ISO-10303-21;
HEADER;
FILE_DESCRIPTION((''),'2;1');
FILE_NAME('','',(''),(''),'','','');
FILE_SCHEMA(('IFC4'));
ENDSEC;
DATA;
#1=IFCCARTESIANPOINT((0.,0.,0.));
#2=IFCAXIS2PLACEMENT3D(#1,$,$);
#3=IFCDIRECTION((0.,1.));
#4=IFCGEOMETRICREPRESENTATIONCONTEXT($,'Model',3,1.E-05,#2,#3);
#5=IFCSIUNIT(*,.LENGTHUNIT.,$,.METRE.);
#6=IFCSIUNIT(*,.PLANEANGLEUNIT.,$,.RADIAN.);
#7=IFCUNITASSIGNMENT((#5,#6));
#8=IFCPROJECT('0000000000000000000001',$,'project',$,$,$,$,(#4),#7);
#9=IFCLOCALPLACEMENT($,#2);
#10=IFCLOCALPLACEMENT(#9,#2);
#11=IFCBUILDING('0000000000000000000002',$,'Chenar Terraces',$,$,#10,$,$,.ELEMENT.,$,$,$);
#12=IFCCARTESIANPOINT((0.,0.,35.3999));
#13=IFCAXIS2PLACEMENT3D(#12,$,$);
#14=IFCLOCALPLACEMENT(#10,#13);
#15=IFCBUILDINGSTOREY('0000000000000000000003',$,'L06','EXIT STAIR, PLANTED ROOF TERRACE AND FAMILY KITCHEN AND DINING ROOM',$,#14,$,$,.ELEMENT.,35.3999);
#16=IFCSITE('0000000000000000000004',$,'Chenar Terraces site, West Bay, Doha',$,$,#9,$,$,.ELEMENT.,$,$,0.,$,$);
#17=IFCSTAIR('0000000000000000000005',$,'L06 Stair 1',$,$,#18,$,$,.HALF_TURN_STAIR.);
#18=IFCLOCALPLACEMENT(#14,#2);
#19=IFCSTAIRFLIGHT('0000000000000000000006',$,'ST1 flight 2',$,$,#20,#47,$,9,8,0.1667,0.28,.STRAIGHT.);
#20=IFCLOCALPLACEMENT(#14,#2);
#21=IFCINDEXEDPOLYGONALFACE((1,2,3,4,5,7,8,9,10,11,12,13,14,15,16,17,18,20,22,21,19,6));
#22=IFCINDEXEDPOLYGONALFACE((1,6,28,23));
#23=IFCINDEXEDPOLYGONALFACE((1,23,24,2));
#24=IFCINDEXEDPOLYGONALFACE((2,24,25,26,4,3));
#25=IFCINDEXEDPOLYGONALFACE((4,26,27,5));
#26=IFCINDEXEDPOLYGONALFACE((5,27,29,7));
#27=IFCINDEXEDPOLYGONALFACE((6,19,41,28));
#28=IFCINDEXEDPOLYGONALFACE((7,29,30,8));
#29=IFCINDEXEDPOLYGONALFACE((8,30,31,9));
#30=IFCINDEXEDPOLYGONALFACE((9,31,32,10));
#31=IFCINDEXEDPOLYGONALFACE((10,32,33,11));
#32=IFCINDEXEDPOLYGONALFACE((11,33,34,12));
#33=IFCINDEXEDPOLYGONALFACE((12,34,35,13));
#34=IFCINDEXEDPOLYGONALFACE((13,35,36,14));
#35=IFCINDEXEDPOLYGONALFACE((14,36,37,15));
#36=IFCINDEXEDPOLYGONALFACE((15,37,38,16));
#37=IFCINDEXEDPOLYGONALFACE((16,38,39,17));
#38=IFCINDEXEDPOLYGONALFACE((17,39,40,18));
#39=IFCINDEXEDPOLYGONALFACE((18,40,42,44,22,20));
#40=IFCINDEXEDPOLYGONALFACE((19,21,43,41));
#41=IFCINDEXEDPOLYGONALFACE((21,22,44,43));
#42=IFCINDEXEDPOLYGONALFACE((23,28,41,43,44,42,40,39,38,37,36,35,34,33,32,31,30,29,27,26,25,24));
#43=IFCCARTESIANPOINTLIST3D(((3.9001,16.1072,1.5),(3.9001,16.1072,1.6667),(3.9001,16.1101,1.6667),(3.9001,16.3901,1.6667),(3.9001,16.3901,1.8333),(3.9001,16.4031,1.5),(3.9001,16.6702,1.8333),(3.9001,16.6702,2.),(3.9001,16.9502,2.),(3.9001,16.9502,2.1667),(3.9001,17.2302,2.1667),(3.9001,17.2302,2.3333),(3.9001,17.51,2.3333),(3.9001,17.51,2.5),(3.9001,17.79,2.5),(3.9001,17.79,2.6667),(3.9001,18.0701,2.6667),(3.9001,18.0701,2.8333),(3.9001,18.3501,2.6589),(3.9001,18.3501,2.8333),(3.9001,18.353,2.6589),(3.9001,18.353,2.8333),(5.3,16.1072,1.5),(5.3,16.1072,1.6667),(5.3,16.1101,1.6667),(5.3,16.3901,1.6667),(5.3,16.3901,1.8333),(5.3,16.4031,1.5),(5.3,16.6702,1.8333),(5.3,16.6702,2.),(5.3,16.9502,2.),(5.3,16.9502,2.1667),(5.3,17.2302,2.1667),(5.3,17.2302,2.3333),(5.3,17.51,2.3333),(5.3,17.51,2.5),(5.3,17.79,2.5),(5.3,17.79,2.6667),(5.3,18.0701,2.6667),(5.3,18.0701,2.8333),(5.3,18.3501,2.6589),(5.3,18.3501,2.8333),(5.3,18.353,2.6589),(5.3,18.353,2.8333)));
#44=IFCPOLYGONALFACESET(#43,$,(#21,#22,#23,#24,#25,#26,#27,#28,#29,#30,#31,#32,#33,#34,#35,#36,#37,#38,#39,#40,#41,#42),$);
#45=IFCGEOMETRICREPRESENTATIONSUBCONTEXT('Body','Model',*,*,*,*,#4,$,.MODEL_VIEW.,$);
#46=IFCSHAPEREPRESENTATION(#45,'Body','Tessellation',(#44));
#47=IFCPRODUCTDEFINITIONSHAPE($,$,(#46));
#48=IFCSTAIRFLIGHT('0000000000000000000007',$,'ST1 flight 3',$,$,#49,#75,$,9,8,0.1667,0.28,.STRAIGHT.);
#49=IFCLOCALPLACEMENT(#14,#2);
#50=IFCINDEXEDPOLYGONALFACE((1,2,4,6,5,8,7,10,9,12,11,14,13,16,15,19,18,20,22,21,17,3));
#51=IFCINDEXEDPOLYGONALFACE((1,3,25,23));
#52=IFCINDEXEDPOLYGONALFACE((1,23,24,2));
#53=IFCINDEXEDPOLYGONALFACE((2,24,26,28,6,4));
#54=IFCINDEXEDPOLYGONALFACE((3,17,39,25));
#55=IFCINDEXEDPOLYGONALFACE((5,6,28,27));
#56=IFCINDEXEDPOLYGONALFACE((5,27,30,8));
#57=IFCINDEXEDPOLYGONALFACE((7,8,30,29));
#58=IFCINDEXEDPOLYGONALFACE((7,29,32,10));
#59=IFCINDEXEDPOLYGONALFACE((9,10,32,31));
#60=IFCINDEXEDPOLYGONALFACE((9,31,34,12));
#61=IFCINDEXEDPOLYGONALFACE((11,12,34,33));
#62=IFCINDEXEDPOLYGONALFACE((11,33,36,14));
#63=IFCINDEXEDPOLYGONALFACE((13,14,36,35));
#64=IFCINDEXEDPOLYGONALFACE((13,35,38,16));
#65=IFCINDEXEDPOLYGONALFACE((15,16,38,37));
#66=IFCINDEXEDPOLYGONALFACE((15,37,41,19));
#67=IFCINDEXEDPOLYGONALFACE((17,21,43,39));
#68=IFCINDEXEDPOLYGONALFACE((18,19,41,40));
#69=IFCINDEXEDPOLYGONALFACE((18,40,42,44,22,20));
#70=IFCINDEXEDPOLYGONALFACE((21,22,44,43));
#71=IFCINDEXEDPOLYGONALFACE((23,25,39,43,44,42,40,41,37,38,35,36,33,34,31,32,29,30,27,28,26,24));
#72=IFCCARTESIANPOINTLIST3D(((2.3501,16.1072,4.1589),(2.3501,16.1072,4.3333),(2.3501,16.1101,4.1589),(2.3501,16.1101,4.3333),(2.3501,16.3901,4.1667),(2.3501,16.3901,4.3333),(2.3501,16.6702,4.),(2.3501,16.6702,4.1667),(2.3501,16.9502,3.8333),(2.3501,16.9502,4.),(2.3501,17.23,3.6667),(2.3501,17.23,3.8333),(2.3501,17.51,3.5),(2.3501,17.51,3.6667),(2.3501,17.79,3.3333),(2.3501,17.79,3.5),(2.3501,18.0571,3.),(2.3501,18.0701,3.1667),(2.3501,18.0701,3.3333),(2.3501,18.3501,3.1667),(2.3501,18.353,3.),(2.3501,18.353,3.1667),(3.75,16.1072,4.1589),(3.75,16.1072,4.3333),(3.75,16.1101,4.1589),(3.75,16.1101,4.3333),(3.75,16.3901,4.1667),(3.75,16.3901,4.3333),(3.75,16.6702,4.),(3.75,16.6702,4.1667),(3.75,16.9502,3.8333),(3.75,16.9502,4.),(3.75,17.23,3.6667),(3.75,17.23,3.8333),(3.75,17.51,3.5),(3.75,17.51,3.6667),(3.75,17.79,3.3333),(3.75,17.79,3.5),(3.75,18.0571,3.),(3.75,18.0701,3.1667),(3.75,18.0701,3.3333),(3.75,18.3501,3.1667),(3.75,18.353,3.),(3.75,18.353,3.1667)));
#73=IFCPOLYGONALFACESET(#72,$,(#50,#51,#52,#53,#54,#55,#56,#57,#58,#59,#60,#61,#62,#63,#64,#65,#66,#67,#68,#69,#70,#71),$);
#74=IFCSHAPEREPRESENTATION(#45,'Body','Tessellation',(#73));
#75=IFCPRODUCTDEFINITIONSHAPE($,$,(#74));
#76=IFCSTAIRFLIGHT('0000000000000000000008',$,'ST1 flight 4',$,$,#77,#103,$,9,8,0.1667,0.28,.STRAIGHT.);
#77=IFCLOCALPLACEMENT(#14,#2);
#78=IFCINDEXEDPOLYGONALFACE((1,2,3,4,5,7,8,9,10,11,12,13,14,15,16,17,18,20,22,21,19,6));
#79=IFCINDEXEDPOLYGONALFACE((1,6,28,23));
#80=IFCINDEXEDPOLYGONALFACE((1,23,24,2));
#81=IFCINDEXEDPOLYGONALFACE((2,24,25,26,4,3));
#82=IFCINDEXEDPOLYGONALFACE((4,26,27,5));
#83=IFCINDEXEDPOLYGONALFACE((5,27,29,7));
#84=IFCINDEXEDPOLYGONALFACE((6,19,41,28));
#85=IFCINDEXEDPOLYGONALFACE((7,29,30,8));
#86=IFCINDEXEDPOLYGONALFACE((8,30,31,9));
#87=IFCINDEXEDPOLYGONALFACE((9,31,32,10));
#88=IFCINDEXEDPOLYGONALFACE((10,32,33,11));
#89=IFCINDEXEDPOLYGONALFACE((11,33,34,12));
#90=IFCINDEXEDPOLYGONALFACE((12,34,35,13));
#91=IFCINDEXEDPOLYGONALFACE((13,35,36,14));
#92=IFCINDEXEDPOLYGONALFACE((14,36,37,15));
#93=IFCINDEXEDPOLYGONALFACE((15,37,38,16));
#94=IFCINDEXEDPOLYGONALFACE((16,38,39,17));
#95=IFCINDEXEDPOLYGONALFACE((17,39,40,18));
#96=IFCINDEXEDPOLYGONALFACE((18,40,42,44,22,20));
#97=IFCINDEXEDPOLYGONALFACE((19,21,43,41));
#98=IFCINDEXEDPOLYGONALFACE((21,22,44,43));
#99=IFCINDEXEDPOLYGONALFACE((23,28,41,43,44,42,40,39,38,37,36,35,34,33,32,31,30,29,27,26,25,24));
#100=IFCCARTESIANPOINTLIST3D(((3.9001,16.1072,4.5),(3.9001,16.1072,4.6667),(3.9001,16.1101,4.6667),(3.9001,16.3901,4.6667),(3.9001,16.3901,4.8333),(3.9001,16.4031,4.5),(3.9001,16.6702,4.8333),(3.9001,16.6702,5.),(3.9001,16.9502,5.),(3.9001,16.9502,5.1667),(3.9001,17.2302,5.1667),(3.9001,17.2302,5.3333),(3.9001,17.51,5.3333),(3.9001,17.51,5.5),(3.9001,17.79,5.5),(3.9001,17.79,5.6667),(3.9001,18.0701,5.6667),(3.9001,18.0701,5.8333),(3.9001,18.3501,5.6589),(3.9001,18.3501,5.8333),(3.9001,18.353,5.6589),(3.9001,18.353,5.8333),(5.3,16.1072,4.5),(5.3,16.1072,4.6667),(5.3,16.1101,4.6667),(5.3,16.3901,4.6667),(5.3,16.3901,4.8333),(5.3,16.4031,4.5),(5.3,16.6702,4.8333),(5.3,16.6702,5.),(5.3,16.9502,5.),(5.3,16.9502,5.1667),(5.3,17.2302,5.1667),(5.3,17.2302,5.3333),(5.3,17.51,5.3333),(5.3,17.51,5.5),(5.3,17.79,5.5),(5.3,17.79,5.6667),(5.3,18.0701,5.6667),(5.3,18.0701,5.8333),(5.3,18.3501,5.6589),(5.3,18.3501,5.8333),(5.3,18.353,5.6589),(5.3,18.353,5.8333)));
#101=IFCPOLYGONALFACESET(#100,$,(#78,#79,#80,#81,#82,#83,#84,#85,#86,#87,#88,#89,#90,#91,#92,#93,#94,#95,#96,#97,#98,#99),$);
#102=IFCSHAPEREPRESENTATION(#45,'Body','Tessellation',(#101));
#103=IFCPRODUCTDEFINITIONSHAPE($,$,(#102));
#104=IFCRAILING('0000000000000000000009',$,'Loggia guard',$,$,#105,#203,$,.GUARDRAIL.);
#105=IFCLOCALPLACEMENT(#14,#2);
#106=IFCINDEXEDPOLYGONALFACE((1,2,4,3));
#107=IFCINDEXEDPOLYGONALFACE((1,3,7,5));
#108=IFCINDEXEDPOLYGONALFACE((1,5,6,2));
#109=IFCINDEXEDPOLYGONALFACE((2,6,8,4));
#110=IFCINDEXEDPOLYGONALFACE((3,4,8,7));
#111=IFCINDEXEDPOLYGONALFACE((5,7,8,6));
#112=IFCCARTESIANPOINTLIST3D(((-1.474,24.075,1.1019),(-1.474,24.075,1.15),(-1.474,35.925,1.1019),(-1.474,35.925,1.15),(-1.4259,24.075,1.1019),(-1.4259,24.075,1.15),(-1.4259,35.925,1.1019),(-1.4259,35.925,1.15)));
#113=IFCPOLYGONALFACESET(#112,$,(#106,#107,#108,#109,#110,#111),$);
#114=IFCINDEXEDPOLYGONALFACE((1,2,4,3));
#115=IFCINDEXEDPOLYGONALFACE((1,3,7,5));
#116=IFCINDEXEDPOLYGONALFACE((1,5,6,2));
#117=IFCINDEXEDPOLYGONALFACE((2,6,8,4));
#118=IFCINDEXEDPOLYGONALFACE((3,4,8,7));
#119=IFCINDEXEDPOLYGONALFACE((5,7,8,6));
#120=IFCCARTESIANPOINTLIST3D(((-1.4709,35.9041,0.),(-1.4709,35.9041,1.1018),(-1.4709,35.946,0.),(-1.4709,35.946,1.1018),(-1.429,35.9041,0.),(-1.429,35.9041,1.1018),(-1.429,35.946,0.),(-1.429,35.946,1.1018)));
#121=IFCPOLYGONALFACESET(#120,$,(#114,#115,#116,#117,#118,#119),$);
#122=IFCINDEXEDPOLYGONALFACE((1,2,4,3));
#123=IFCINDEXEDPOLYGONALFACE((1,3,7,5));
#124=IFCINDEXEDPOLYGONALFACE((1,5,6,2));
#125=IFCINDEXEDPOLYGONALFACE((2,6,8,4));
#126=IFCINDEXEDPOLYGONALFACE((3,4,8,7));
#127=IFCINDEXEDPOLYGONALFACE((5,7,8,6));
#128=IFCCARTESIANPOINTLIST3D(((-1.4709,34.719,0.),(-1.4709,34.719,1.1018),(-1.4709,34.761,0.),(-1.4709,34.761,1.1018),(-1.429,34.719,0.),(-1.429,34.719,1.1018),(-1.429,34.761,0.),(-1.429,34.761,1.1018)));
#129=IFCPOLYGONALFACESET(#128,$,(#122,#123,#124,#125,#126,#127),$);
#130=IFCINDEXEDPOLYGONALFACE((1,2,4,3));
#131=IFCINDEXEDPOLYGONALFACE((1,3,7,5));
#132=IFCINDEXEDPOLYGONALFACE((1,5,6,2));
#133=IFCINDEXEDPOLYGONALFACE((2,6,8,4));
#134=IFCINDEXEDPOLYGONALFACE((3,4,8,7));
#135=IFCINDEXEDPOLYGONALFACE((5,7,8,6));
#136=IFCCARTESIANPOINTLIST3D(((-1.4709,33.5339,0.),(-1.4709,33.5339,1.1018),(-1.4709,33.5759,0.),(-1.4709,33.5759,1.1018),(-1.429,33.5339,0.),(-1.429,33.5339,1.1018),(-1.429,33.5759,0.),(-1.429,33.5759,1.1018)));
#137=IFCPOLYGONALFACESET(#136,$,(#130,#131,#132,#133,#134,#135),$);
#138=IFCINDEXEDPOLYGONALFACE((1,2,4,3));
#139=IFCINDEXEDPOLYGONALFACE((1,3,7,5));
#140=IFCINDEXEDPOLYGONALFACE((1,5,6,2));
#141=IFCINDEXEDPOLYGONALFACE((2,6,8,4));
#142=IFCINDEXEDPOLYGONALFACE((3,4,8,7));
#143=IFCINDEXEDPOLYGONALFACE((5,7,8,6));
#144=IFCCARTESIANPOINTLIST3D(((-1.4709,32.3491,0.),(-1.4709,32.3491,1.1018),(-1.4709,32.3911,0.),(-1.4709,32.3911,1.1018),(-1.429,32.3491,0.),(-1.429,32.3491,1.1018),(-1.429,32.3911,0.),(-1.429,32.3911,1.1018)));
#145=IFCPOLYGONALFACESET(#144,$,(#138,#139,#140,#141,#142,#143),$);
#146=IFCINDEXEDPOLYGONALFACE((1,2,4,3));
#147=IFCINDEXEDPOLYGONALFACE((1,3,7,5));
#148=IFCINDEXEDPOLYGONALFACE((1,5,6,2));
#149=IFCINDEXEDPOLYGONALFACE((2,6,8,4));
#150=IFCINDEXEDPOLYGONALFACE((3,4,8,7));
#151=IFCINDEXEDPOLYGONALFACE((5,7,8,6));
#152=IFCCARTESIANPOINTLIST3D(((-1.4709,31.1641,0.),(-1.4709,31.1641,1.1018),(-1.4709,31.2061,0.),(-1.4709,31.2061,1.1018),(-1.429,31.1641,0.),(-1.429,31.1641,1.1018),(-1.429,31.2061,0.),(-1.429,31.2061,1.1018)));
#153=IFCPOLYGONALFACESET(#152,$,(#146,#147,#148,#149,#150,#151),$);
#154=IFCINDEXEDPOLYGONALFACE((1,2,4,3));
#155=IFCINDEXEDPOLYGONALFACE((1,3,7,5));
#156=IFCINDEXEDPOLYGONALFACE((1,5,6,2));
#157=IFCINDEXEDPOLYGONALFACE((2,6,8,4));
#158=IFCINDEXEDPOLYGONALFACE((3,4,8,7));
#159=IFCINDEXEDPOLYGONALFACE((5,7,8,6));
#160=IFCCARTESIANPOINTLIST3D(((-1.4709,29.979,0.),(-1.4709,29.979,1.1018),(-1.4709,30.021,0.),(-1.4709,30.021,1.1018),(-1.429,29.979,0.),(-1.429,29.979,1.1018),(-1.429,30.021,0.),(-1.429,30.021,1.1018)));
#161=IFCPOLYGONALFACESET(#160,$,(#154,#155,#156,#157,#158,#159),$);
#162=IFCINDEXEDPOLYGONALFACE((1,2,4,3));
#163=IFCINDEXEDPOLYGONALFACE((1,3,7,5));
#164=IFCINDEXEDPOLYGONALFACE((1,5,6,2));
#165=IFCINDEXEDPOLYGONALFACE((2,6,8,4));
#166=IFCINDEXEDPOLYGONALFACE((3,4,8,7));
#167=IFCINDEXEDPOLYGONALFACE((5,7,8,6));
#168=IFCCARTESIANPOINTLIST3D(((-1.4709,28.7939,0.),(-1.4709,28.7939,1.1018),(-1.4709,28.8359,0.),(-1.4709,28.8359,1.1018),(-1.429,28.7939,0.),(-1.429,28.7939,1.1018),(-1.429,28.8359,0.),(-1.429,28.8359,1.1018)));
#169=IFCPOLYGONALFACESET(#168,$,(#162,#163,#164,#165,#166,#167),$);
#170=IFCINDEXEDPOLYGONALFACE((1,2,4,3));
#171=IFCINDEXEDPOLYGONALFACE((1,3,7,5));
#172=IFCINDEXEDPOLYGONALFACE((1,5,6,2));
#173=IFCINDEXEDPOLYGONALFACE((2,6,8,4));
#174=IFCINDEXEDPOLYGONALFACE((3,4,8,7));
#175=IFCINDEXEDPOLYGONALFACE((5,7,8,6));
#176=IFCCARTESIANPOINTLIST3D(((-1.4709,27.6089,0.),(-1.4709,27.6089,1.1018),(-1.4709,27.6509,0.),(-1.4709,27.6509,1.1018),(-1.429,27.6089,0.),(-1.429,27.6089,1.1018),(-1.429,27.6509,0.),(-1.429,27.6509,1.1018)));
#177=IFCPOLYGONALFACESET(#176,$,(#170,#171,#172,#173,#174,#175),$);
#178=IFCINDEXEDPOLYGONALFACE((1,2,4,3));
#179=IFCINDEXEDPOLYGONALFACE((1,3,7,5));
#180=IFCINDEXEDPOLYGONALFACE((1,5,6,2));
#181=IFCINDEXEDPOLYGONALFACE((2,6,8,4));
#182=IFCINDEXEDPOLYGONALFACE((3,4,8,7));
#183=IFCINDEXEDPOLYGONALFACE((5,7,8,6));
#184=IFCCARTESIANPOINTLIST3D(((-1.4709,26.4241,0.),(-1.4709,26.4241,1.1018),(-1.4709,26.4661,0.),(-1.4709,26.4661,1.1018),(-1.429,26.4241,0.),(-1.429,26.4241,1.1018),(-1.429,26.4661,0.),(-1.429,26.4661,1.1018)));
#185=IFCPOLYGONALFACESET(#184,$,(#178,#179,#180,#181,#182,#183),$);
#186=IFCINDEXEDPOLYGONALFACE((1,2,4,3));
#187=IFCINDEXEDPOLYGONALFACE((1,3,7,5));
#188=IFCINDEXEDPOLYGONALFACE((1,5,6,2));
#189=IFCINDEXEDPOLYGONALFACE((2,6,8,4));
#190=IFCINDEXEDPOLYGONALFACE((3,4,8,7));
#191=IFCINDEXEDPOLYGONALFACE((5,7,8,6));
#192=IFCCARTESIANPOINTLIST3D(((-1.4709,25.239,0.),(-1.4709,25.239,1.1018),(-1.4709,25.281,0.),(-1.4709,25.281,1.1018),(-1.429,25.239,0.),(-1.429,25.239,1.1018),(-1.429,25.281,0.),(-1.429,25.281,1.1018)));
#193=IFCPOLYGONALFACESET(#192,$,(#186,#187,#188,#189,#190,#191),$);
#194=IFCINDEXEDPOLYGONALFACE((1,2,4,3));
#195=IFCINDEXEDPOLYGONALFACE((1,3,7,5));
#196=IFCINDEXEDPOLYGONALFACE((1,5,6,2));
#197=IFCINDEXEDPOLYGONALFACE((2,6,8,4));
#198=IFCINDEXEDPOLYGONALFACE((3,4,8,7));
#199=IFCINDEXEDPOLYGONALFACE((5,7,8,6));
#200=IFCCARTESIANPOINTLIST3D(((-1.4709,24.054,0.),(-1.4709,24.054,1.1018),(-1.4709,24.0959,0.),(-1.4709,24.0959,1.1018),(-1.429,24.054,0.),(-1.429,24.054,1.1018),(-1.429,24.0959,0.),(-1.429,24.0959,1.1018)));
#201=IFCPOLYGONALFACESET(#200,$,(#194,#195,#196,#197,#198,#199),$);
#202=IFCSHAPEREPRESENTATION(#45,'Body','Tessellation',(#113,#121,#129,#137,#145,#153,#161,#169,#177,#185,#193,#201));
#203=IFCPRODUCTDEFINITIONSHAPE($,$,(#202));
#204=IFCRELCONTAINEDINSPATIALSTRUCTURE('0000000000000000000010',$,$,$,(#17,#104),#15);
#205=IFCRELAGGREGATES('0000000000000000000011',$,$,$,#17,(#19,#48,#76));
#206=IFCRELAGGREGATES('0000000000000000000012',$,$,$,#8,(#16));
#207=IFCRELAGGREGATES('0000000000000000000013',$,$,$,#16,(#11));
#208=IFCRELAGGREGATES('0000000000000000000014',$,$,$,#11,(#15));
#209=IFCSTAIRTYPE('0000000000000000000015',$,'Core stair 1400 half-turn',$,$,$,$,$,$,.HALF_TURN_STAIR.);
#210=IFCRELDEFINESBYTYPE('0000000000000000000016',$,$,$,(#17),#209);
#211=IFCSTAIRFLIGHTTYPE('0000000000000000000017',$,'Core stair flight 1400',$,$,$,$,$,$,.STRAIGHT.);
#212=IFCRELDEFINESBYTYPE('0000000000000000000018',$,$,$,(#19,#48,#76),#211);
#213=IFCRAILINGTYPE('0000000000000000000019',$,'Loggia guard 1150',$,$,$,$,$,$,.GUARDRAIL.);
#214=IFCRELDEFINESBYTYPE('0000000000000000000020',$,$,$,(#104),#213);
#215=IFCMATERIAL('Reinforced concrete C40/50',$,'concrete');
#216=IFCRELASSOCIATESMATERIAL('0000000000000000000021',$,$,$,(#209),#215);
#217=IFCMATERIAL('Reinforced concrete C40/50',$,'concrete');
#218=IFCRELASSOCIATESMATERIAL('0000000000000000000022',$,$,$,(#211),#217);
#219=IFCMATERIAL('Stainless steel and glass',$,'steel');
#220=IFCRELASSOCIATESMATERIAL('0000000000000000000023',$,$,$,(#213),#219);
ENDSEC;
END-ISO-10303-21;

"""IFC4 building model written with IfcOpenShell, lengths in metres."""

from ifc_helpers import new_model, si_unit, direction, frame, origin, origin_2d, place, context, subcontext, project, spatial, polyline, rectangle, outline, extrude, material, type_object, element, aggregate, save


model = new_model("IFC4")

# Units and contexts
model_context = context("Model", 3, precision=1e-05, world=origin(), true_north=direction((0.0, 1.0)))
body_context = subcontext(model_context, "Body", "Model", "MODEL_VIEW")
ifc_project = project(units=[si_unit("LENGTHUNIT", "METRE"), si_unit("PLANEANGLEUNIT", "RADIAN")], contexts=[model_context])

# Site, building, storey
site_placement = place(None, origin())
site = spatial("IfcSite", under=ifc_project, at=site_placement, Name="Chenar Terraces site, West Bay, Doha", CompositionType="ELEMENT", RefElevation=0.0)
building_placement = place(site_placement, origin())
building = spatial("IfcBuilding", under=site, at=building_placement, Name="Chenar Terraces", CompositionType="ELEMENT")
storey_placement = place(building_placement, frame((0.0, 0.0, 35.3999)))
storey = spatial("IfcBuildingStorey", under=building, at=storey_placement, Name="L06", Description="EXIT STAIR, PLANTED ROOF TERRACE AND FAMILY KITCHEN AND DINING ROOM", CompositionType="ELEMENT", Elevation=35.3999)

# Stair, stair flights
ifc_material_1 = material(Name="Reinforced concrete C40/50", Category="concrete")
stair_type = type_object("IfcStairType", Name="Core stair 1400 half-turn", PredefinedType="HALF_TURN_STAIR", material=ifc_material_1)
stair_placement = place(storey_placement, origin())
stair = element("IfcStair", 1, at=stair_placement, inside=storey, type_object=stair_type, Name="L06 Stair 1", PredefinedType="HALF_TURN_STAIR")
ifc_material_2 = material(Name="Reinforced concrete C40/50", Category="concrete")
stair_flight_type = type_object("IfcStairFlightType", Name="Core stair flight 1400", PredefinedType="STRAIGHT", material=ifc_material_2)
stair_flight_1_placement = place(storey_placement, frame((4.6001, 16.1101, 1.5), z_axis=(0.0, 0.0, 1.0), x_axis=(0.0, 1.0, 0.0)))
stair_flight_1 = element("IfcStairFlight", 2, at=stair_flight_1_placement, type_object=stair_flight_type, Name="ST1 flight 2", NumberOfRisers=9, NumberOfTreads=8, PredefinedType="STRAIGHT", RiserHeight=0.1667, TreadLength=0.28, context=body_context, shape_type="SweptSolid", body=[
    extrude(outline(polyline([(-0.0029, 0.0), (-0.0029, 0.1667), (0.0, 0.1667), (0.28, 0.1667), (0.28, 0.3333), (0.5601, 0.3333), (0.5601, 0.5), (0.8401, 0.5), (0.8401, 0.6667), (1.1201, 0.6667), (1.1201, 0.8333), (1.3999, 0.8333), (1.3999, 1.0), (1.6799, 1.0), (1.6799, 1.1667), (1.96, 1.1667), (1.96, 1.3333), (2.24, 1.3333), (2.2429, 1.3333), (2.2429, 1.1589), (2.24, 1.1589), (0.293, 0.0), (-0.0029, 0.0)])), frame((0.0, 0.7, 0.0), z_axis=(0.0, -1.0, 0.0), x_axis=(1.0, 0.0, 0.0)), (0.0, 0.0, 1.0), 1.3999),
])
stair_flight_2_placement = place(storey_placement, frame((3.05, 18.3501, 3.0), z_axis=(0.0, 0.0, 1.0), x_axis=(0.0, -1.0, 0.0)))
stair_flight_2 = element("IfcStairFlight", 3, at=stair_flight_2_placement, type_object=stair_flight_type, Name="ST1 flight 3", NumberOfRisers=9, NumberOfTreads=8, PredefinedType="STRAIGHT", RiserHeight=0.1667, TreadLength=0.28, context=body_context, shape_type="SweptSolid", body=[
    extrude(outline(polyline([(-0.0029, 0.0), (-0.0029, 0.1667), (0.0, 0.1667), (0.28, 0.1667), (0.28, 0.3333), (0.5601, 0.3333), (0.5601, 0.5), (0.8401, 0.5), (0.8401, 0.6667), (1.1201, 0.6667), (1.1201, 0.8333), (1.3999, 0.8333), (1.3999, 1.0), (1.6799, 1.0), (1.6799, 1.1667), (1.96, 1.1667), (1.96, 1.3333), (2.24, 1.3333), (2.2429, 1.3333), (2.2429, 1.1589), (2.24, 1.1589), (0.293, 0.0), (-0.0029, 0.0)])), frame((0.0, 0.7, 0.0), z_axis=(0.0, -1.0, 0.0), x_axis=(1.0, 0.0, 0.0)), (0.0, 0.0, 1.0), 1.3999),
])
stair_flight_3_placement = place(storey_placement, frame((4.6001, 16.1101, 4.5), z_axis=(0.0, 0.0, 1.0), x_axis=(0.0, 1.0, 0.0)))
stair_flight_3 = element("IfcStairFlight", 4, at=stair_flight_3_placement, type_object=stair_flight_type, Name="ST1 flight 4", NumberOfRisers=9, NumberOfTreads=8, PredefinedType="STRAIGHT", RiserHeight=0.1667, TreadLength=0.28, context=body_context, shape_type="SweptSolid", body=[
    extrude(outline(polyline([(-0.0029, 0.0), (-0.0029, 0.1667), (0.0, 0.1667), (0.28, 0.1667), (0.28, 0.3333), (0.5601, 0.3333), (0.5601, 0.5), (0.8401, 0.5), (0.8401, 0.6667), (1.1201, 0.6667), (1.1201, 0.8333), (1.3999, 0.8333), (1.3999, 1.0), (1.6799, 1.0), (1.6799, 1.1667), (1.96, 1.1667), (1.96, 1.3333), (2.24, 1.3333), (2.2429, 1.3333), (2.2429, 1.1589), (2.24, 1.1589), (0.293, 0.0), (-0.0029, 0.0)])), frame((0.0, 0.7, 0.0), z_axis=(0.0, -1.0, 0.0), x_axis=(1.0, 0.0, 0.0)), (0.0, 0.0, 1.0), 1.3999),
])
aggregate(stair, [stair_flight_1, stair_flight_2, stair_flight_3])

# Railing
ifc_material_3 = material(Name="Stainless steel and glass", Category="steel")
railing_type_1 = type_object("IfcRailingType", Name="Loggia guard 1150", PredefinedType="GUARDRAIL", material=ifc_material_3)
railing_1_placement = place(storey_placement, frame((-1.45, 35.925, 0.0)))
element("IfcRailing", 5, at=railing_1_placement, inside=storey, type_object=railing_type_1, Name="Loggia guard", PredefinedType="GUARDRAIL", context=body_context, shape_type="SweptSolid", body=[
    extrude(rectangle(XDim=0.0481, YDim=0.0481, at=origin_2d()), frame((0.0, 0.0, 1.126), z_axis=(0.0, -1.0, 0.0), x_axis=(1.0, 0.0, 0.0)), (0.0, 0.0, 1.0), 11.8501),
    extrude(rectangle(XDim=0.042, YDim=0.042, at=origin_2d()), origin(), (0.0, 0.0, 1.0), 1.1018),
    extrude(rectangle(XDim=0.042, YDim=0.042, at=origin_2d()), frame((0.0, -1.1851, 0.0)), (0.0, 0.0, 1.0), 1.1018),
    extrude(rectangle(XDim=0.042, YDim=0.042, at=origin_2d()), frame((0.0, -2.3701, 0.0)), (0.0, 0.0, 1.0), 1.1018),
    extrude(rectangle(XDim=0.042, YDim=0.042, at=origin_2d()), frame((0.0, -3.5549, 0.0)), (0.0, 0.0, 1.0), 1.1018),
    extrude(rectangle(XDim=0.042, YDim=0.042, at=origin_2d()), frame((0.0, -4.74, 0.0)), (0.0, 0.0, 1.0), 1.1018),
    extrude(rectangle(XDim=0.042, YDim=0.042, at=origin_2d()), frame((0.0, -5.925, 0.0)), (0.0, 0.0, 1.0), 1.1018),
    extrude(rectangle(XDim=0.042, YDim=0.042, at=origin_2d()), frame((0.0, -7.1101, 0.0)), (0.0, 0.0, 1.0), 1.1018),
    extrude(rectangle(XDim=0.042, YDim=0.042, at=origin_2d()), frame((0.0, -8.2952, 0.0)), (0.0, 0.0, 1.0), 1.1018),
    extrude(rectangle(XDim=0.042, YDim=0.042, at=origin_2d()), frame((0.0, -9.48, 0.0)), (0.0, 0.0, 1.0), 1.1018),
    extrude(rectangle(XDim=0.042, YDim=0.042, at=origin_2d()), frame((0.0, -10.665, 0.0)), (0.0, 0.0, 1.0), 1.1018),
    extrude(rectangle(XDim=0.042, YDim=0.042, at=origin_2d()), frame((0.0, -11.8501, 0.0)), (0.0, 0.0, 1.0), 1.1018),
])

save(model, "model.ifc")
